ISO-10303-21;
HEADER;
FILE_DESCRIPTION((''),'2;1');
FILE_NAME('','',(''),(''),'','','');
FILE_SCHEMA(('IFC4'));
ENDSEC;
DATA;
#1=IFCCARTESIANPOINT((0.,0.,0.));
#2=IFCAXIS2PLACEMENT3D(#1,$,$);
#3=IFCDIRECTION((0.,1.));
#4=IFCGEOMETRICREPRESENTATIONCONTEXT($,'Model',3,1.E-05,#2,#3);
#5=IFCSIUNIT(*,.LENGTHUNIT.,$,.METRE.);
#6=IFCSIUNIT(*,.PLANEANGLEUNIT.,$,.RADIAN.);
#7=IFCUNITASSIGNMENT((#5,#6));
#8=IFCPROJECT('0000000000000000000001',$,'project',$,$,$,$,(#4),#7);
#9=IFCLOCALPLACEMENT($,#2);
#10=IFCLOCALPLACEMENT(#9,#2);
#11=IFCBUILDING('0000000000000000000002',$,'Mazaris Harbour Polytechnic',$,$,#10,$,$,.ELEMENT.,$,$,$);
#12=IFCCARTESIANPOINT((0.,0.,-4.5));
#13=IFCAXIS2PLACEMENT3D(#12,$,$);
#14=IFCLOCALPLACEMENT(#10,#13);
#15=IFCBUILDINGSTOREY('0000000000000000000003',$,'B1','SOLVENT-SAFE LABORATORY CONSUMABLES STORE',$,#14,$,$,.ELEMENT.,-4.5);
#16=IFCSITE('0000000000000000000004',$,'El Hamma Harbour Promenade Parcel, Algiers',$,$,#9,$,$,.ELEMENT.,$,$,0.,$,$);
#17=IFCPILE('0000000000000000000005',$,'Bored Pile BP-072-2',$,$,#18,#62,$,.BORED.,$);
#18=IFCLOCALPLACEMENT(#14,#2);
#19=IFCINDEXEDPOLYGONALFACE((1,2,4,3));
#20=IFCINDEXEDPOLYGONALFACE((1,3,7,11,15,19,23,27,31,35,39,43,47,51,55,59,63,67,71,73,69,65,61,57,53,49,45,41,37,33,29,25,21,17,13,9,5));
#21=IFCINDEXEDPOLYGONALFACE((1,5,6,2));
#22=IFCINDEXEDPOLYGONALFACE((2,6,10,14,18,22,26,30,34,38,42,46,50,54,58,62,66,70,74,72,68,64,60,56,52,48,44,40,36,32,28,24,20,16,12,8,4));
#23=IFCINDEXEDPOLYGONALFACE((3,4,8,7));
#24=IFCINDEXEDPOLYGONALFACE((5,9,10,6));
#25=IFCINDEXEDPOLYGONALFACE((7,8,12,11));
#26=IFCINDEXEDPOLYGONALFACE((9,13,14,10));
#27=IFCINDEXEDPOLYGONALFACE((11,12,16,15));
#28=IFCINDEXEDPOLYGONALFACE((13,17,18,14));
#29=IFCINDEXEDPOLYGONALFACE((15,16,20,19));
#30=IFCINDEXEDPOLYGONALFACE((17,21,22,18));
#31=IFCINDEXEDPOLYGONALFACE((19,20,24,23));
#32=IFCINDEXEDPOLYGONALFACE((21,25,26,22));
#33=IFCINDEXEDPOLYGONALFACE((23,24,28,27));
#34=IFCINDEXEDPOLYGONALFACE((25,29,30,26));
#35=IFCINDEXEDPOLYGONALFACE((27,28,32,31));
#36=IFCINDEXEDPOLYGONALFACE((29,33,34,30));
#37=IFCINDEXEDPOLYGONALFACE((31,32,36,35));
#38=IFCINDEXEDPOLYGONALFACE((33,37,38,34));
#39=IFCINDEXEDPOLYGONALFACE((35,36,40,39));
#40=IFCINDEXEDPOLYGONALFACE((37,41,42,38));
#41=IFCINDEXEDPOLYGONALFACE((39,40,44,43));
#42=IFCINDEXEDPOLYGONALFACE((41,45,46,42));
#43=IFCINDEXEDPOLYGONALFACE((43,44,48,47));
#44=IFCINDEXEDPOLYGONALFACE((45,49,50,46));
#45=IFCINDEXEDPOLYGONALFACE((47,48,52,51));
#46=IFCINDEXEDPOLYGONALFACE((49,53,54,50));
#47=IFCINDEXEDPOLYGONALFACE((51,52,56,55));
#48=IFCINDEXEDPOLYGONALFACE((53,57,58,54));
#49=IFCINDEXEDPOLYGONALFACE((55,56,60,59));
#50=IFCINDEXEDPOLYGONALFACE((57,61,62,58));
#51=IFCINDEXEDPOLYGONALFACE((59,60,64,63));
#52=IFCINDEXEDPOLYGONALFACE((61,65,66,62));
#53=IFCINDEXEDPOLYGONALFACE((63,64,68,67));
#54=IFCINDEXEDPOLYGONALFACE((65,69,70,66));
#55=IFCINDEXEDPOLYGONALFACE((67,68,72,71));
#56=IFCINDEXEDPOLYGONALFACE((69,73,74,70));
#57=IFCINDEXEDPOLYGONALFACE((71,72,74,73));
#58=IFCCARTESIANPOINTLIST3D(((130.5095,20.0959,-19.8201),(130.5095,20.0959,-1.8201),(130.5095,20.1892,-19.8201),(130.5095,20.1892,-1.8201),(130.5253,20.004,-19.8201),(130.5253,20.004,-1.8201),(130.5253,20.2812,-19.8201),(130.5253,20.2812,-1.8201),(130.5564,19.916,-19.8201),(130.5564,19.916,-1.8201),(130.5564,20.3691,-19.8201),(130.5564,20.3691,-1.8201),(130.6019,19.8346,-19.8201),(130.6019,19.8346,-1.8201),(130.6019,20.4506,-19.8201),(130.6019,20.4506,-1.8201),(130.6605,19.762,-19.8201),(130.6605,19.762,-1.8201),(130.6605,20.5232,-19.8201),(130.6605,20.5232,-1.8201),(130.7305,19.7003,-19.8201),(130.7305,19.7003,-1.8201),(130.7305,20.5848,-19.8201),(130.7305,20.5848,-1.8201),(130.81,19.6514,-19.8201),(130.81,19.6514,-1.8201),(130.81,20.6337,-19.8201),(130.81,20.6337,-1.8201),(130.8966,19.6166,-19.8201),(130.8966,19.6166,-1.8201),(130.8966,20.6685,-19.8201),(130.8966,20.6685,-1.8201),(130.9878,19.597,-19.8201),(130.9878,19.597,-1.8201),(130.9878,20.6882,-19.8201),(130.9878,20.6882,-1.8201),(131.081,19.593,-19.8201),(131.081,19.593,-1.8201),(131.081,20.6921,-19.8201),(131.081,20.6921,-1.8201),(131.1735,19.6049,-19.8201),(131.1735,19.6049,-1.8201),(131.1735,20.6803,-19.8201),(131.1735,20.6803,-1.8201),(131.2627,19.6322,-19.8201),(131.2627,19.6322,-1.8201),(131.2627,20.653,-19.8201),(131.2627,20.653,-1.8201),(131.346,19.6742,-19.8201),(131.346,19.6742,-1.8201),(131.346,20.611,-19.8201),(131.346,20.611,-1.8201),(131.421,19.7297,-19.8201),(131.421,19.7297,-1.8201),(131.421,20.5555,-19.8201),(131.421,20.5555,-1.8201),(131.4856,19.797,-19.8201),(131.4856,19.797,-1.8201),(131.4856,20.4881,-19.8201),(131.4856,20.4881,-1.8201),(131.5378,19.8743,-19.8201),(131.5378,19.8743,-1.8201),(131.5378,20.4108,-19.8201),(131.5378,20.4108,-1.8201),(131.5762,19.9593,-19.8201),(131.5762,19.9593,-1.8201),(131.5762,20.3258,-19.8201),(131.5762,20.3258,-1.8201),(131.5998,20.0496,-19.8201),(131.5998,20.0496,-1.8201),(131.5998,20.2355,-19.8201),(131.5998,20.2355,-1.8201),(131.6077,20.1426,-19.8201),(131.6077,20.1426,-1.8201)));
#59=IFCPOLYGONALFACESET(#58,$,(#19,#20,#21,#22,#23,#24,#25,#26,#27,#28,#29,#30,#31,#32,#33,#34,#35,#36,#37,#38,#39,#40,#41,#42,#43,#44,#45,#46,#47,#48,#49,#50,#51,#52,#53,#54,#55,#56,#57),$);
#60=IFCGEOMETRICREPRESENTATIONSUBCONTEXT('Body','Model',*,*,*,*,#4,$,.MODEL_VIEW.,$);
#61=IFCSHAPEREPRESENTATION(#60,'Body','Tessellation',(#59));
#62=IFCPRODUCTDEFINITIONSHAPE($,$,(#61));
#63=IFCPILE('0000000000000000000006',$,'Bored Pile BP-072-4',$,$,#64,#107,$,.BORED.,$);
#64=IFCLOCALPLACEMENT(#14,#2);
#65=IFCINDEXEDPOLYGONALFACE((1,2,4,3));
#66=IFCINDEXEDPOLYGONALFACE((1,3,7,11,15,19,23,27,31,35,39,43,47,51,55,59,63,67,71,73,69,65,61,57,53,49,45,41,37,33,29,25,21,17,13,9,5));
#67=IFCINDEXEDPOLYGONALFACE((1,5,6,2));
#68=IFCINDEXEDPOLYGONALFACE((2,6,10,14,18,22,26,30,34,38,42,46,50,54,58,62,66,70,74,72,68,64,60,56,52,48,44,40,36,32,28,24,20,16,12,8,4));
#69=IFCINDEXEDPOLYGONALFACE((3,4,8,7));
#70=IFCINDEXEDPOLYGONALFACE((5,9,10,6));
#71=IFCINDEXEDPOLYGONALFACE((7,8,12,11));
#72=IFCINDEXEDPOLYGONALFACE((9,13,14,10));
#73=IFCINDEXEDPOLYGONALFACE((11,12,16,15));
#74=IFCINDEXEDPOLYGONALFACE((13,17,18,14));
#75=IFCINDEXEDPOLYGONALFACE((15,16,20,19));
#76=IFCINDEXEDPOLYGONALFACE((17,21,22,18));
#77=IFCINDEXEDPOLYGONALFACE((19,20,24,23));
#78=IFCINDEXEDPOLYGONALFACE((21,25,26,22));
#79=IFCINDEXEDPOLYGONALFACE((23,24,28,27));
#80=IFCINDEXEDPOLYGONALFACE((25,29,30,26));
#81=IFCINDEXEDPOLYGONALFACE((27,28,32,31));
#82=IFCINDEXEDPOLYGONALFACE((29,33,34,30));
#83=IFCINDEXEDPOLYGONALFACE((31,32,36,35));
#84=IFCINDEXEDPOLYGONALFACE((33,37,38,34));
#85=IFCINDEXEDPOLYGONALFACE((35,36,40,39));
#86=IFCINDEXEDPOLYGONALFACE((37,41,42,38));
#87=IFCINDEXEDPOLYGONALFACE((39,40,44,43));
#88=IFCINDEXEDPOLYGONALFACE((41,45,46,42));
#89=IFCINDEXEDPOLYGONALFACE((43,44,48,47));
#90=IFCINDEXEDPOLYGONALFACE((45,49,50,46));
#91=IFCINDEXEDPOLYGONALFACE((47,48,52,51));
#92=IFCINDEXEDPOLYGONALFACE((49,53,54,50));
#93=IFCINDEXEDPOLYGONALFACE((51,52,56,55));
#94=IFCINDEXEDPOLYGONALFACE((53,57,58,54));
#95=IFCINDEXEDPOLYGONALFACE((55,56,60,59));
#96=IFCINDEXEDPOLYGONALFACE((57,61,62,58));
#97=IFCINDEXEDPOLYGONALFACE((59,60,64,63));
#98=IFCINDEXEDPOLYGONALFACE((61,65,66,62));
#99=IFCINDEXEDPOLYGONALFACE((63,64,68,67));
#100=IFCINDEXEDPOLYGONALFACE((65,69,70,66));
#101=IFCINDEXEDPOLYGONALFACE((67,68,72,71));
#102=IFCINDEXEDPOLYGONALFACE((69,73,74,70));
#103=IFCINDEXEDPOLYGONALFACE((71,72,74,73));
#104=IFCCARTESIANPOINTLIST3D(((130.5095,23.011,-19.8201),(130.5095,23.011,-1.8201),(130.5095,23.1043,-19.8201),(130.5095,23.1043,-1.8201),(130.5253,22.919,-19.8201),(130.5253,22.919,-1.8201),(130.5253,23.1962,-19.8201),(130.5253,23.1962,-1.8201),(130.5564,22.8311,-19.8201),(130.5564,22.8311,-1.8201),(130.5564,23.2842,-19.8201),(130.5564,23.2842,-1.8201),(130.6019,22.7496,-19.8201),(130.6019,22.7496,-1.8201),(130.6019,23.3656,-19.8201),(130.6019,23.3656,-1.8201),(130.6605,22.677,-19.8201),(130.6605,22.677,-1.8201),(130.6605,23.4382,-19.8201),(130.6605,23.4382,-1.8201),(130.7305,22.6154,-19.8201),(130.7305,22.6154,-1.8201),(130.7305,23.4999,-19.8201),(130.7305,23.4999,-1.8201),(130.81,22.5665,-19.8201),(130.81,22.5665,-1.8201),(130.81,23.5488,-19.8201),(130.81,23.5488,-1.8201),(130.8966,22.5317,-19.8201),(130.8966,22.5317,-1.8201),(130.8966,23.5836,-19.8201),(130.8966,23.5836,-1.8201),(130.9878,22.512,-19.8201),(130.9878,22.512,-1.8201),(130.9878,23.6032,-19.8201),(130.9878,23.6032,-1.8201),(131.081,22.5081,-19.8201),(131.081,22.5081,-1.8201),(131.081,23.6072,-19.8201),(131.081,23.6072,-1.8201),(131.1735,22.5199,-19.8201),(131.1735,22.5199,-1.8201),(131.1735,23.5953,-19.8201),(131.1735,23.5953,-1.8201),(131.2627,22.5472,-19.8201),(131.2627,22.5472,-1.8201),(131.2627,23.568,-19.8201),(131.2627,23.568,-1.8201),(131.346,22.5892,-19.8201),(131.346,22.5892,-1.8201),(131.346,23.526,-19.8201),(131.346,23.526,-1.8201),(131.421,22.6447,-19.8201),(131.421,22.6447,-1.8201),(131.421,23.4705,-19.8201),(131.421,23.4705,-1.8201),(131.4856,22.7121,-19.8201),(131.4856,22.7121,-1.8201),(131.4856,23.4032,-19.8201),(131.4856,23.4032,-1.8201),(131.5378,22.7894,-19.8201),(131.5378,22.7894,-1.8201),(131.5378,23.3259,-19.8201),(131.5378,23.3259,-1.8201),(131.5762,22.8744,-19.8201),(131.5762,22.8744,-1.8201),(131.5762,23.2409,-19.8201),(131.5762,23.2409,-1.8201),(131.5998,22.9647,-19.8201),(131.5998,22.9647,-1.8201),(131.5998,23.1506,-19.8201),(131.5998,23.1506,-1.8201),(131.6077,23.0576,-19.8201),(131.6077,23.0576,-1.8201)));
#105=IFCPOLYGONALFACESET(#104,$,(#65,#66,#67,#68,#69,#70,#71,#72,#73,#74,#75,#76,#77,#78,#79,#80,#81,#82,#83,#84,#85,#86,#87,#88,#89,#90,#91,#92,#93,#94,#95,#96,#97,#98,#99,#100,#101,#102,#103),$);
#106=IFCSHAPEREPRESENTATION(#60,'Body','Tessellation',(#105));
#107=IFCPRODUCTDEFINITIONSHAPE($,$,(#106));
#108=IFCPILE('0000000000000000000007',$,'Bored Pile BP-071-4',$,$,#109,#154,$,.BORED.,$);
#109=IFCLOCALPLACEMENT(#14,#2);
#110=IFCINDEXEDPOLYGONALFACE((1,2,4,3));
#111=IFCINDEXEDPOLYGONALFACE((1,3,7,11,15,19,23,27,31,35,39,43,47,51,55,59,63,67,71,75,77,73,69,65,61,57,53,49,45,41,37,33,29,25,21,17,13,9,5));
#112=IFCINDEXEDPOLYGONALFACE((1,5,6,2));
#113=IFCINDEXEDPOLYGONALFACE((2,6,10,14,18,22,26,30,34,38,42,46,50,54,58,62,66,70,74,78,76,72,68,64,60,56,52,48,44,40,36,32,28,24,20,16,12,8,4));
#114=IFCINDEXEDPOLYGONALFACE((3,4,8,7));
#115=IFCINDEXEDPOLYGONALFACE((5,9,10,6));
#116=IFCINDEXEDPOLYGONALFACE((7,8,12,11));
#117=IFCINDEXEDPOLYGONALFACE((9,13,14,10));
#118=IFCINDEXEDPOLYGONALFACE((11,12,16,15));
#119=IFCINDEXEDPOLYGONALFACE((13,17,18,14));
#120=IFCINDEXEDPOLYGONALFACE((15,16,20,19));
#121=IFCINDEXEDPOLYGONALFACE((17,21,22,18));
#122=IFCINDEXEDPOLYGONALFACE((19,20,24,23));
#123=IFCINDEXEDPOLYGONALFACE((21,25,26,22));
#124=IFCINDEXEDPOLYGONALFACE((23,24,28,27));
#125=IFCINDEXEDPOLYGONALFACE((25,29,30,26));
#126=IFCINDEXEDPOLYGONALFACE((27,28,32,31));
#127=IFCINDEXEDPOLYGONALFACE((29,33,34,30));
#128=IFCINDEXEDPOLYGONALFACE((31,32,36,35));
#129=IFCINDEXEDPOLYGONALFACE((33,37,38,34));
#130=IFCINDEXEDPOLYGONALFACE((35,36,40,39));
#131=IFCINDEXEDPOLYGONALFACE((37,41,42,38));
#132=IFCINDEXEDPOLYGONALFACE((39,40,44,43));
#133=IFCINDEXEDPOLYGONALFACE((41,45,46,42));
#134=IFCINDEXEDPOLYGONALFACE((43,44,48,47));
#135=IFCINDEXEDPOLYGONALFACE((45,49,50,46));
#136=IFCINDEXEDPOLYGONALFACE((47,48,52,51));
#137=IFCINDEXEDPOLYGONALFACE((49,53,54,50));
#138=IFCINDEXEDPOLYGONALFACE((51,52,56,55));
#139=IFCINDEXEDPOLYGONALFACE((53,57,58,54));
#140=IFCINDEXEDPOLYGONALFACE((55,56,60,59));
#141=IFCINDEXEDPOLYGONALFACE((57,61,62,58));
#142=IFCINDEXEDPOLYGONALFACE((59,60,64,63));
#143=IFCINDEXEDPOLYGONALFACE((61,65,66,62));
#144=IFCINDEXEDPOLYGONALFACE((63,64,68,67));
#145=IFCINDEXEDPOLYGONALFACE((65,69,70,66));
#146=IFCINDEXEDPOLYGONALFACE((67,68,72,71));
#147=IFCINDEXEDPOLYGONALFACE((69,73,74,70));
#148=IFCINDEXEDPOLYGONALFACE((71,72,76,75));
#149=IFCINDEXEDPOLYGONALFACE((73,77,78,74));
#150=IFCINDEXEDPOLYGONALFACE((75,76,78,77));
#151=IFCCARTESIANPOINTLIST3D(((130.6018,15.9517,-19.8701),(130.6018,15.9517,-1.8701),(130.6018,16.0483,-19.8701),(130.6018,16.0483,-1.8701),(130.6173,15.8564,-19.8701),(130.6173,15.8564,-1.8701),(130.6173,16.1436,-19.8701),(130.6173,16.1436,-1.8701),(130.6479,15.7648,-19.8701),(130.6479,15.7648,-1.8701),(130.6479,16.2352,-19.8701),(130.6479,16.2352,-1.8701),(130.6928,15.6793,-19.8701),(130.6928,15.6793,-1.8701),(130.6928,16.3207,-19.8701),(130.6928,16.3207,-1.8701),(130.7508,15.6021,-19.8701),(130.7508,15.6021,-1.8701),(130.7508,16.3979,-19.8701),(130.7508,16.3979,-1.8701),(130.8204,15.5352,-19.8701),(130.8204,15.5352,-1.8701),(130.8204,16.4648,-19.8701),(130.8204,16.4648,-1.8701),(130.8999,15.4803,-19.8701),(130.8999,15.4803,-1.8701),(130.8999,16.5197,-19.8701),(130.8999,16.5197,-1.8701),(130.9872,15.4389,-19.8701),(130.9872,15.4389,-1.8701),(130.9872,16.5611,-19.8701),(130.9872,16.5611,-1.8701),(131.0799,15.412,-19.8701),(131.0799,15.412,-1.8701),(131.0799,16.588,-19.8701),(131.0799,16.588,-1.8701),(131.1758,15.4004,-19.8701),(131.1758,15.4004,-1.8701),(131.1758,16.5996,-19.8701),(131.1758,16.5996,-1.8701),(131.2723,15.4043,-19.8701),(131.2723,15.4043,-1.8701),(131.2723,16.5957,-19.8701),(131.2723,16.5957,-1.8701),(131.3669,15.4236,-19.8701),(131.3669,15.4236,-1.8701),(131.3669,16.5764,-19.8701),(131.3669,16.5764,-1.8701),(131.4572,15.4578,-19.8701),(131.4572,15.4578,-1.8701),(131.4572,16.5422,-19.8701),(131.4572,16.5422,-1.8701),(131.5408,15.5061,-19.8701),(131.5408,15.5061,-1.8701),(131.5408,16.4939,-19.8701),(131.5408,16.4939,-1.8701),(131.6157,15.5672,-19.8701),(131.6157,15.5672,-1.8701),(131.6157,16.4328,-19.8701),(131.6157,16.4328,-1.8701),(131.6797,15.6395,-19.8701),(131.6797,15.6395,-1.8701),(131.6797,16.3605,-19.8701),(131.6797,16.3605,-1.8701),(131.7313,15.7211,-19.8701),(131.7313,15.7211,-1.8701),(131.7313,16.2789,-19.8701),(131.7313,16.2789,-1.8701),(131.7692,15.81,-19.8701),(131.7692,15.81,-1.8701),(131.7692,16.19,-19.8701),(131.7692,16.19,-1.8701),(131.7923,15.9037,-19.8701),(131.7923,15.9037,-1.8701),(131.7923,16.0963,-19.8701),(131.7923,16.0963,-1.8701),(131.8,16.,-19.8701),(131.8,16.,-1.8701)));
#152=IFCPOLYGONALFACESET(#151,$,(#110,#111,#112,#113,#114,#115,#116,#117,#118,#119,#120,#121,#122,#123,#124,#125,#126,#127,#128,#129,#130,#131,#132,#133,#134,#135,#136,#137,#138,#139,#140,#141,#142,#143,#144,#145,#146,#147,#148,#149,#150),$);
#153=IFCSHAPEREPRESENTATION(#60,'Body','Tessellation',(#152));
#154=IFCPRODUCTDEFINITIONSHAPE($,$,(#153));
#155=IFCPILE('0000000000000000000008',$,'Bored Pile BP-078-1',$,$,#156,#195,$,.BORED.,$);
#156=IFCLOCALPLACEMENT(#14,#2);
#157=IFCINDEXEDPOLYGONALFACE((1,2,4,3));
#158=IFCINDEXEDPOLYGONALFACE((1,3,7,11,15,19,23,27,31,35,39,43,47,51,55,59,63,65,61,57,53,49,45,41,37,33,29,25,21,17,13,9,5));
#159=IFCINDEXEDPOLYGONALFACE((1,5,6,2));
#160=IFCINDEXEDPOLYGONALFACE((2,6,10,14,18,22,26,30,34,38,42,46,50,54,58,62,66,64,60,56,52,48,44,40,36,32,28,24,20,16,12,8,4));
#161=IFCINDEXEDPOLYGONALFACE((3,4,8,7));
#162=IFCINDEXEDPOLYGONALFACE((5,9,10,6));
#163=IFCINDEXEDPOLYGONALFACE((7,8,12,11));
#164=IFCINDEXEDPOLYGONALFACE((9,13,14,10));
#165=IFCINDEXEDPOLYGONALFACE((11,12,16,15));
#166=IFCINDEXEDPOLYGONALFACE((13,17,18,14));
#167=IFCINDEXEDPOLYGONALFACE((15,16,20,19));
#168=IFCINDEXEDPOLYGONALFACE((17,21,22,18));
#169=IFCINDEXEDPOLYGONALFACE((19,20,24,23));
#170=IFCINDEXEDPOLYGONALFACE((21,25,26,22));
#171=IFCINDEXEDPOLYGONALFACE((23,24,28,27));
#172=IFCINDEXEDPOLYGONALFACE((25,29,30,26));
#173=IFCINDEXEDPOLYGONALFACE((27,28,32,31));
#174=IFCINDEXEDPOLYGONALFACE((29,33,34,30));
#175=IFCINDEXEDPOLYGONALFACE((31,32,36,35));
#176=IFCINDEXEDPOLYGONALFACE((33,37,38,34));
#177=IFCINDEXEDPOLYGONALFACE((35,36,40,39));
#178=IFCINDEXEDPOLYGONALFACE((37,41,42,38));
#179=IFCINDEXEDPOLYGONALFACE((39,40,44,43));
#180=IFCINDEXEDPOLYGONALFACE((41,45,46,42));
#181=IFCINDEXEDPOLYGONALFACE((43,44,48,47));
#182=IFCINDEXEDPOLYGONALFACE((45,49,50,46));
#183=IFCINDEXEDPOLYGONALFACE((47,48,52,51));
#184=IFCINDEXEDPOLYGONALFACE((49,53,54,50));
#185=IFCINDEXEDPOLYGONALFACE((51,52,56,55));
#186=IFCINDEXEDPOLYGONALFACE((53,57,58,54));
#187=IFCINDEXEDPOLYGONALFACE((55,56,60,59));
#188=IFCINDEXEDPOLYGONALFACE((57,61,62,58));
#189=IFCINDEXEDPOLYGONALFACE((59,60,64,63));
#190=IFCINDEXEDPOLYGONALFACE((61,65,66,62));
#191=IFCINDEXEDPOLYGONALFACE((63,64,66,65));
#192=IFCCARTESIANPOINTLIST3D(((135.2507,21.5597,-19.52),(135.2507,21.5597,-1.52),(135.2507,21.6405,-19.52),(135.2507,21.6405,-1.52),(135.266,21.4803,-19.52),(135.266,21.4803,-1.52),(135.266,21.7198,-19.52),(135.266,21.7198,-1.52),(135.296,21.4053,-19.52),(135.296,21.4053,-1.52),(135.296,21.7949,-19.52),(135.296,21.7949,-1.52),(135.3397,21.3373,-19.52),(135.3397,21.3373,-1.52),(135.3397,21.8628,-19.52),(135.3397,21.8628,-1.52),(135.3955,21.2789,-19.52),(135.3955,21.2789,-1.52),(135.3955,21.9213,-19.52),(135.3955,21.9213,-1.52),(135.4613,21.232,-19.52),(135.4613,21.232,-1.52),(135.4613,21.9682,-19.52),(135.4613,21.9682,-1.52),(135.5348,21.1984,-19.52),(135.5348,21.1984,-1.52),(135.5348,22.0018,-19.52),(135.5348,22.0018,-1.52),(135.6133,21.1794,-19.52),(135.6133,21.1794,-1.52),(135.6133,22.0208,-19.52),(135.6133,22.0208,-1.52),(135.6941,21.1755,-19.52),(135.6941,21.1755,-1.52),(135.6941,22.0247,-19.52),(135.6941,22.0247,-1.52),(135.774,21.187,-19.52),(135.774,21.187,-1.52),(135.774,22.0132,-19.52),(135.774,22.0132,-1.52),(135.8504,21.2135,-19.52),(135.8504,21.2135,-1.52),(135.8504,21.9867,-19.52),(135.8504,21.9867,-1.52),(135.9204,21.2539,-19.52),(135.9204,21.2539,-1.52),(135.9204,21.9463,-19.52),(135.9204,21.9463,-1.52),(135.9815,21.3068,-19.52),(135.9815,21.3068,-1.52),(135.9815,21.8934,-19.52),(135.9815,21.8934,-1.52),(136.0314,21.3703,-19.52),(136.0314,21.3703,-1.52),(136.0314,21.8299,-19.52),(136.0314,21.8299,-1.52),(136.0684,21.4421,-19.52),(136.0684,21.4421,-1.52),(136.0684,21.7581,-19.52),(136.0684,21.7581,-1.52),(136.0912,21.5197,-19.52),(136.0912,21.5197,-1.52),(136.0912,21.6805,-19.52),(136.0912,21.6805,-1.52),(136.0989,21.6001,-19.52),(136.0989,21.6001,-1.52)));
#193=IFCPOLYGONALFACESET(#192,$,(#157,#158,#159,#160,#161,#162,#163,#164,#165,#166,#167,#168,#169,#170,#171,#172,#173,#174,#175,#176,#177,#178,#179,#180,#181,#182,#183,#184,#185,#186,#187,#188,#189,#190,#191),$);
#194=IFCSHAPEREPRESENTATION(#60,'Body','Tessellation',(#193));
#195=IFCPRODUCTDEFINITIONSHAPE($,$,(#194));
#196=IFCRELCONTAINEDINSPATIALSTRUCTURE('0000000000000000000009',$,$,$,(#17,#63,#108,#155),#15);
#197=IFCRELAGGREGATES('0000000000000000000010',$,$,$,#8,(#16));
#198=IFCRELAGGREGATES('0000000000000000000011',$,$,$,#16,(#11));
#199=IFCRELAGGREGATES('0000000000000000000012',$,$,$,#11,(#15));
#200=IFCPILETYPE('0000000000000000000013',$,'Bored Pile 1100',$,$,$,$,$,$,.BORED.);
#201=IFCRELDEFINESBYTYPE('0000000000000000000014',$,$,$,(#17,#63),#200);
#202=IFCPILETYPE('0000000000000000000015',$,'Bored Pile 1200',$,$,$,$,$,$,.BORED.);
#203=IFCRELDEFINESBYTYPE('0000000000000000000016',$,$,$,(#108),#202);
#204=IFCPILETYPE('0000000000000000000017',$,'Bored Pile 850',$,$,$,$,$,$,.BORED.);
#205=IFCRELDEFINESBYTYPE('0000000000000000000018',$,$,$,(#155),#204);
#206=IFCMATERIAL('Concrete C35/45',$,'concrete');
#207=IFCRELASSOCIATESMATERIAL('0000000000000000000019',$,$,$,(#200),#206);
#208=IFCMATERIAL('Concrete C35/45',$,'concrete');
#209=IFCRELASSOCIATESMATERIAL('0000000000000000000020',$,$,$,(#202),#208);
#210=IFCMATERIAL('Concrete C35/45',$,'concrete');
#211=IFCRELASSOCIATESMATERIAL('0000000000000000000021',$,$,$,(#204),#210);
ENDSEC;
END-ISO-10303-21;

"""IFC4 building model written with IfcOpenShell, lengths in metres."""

from ifc_helpers import new_model, si_unit, direction, frame, origin, origin_2d, place, context, subcontext, project, spatial, circle, extrude, material, material_profile, profile_set, type_object, element, save


model = new_model("IFC4")

# Units and contexts
model_context = context("Model", 3, precision=1e-05, world=origin(), true_north=direction((0.0, 1.0)))
body_context = subcontext(model_context, "Body", "Model", "MODEL_VIEW")
ifc_project = project(units=[si_unit("LENGTHUNIT", "METRE"), si_unit("PLANEANGLEUNIT", "RADIAN")], contexts=[model_context])

# Site, building, storey
site_placement = place(None, origin())
site = spatial("IfcSite", under=ifc_project, at=site_placement, Name="El Hamma Harbour Promenade Parcel, Algiers", CompositionType="ELEMENT", RefElevation=0.0)
building_placement = place(site_placement, origin())
building = spatial("IfcBuilding", under=site, at=building_placement, Name="Mazaris Harbour Polytechnic", CompositionType="ELEMENT")
storey_placement = place(building_placement, frame((0.0, 0.0, -4.5)))
storey = spatial("IfcBuildingStorey", under=building, at=storey_placement, Name="B1", Description="SOLVENT-SAFE LABORATORY CONSUMABLES STORE", CompositionType="ELEMENT", Elevation=-4.5)

# Piles
ifc_material_1 = material(Name="Concrete C35/45", Category="concrete")
ifc_material_profile_1 = material_profile(ifc_material_1, circle(Radius=0.55, at=origin_2d()), Name="DIA1100")
ifc_profile_set_1 = profile_set([ifc_material_profile_1], Name="Concrete C35/45")
pile_type_1 = type_object("IfcPileType", Name="Bored Pile 1100", PredefinedType="BORED", material=ifc_profile_set_1)
for number, where, z_axis, x_axis, name in (
    (1, (131.0576, 20.1426, -1.8201), (0.0, 0.0, -1.0), (1.0, 0.0, 0.0), "Bored Pile BP-072-2"),
    (2, (131.0576, 23.0576, -1.8201), (0.0, 0.0, -1.0), (1.0, 0.0, 0.0), "Bored Pile BP-072-4"),
):
    element("IfcPile", number, at=place(storey_placement, frame(where, z_axis=z_axis, x_axis=x_axis)), inside=storey, type_object=pile_type_1, Name=name, PredefinedType="BORED", context=body_context, shape_type="SweptSolid", body=[
        extrude(circle(Radius=0.55, at=origin_2d()), origin(), (0.0, 0.0, 1.0), 18.0),
    ])
ifc_material_2 = material(Name="Concrete C35/45", Category="concrete")
ifc_material_profile_2 = material_profile(ifc_material_2, circle(Radius=0.6001, at=origin_2d()), Name="DIA1200")
ifc_profile_set_2 = profile_set([ifc_material_profile_2], Name="Concrete C35/45")
pile_type_2 = type_object("IfcPileType", Name="Bored Pile 1200", PredefinedType="BORED", material=ifc_profile_set_2)
pile_1_placement = place(storey_placement, frame((131.2, 16.0, -1.8701), z_axis=(0.0, 0.0, -1.0), x_axis=(1.0, 0.0, 0.0)))
element("IfcPile", 3, at=pile_1_placement, inside=storey, type_object=pile_type_2, Name="Bored Pile BP-071-4", PredefinedType="BORED", context=body_context, shape_type="SweptSolid", body=[
    extrude(circle(Radius=0.6001, at=origin_2d()), origin(), (0.0, 0.0, 1.0), 18.0),
])
ifc_material_3 = material(Name="Concrete C35/45", Category="concrete")
ifc_material_profile_3 = material_profile(ifc_material_3, circle(Radius=0.425, at=origin_2d()), Name="DIA850")
ifc_profile_set_3 = profile_set([ifc_material_profile_3], Name="Concrete C35/45")
pile_type_3 = type_object("IfcPileType", Name="Bored Pile 850", PredefinedType="BORED", material=ifc_profile_set_3)
pile_2_placement = place(storey_placement, frame((135.6738, 21.6001, -1.52), z_axis=(0.0, 0.0, -1.0), x_axis=(1.0, 0.0, 0.0)))
element("IfcPile", 4, at=pile_2_placement, inside=storey, type_object=pile_type_3, Name="Bored Pile BP-078-1", PredefinedType="BORED", context=body_context, shape_type="SweptSolid", body=[
    extrude(circle(Radius=0.425, at=origin_2d()), origin(), (0.0, 0.0, 1.0), 18.0),
])

save(model, "model.ifc")
